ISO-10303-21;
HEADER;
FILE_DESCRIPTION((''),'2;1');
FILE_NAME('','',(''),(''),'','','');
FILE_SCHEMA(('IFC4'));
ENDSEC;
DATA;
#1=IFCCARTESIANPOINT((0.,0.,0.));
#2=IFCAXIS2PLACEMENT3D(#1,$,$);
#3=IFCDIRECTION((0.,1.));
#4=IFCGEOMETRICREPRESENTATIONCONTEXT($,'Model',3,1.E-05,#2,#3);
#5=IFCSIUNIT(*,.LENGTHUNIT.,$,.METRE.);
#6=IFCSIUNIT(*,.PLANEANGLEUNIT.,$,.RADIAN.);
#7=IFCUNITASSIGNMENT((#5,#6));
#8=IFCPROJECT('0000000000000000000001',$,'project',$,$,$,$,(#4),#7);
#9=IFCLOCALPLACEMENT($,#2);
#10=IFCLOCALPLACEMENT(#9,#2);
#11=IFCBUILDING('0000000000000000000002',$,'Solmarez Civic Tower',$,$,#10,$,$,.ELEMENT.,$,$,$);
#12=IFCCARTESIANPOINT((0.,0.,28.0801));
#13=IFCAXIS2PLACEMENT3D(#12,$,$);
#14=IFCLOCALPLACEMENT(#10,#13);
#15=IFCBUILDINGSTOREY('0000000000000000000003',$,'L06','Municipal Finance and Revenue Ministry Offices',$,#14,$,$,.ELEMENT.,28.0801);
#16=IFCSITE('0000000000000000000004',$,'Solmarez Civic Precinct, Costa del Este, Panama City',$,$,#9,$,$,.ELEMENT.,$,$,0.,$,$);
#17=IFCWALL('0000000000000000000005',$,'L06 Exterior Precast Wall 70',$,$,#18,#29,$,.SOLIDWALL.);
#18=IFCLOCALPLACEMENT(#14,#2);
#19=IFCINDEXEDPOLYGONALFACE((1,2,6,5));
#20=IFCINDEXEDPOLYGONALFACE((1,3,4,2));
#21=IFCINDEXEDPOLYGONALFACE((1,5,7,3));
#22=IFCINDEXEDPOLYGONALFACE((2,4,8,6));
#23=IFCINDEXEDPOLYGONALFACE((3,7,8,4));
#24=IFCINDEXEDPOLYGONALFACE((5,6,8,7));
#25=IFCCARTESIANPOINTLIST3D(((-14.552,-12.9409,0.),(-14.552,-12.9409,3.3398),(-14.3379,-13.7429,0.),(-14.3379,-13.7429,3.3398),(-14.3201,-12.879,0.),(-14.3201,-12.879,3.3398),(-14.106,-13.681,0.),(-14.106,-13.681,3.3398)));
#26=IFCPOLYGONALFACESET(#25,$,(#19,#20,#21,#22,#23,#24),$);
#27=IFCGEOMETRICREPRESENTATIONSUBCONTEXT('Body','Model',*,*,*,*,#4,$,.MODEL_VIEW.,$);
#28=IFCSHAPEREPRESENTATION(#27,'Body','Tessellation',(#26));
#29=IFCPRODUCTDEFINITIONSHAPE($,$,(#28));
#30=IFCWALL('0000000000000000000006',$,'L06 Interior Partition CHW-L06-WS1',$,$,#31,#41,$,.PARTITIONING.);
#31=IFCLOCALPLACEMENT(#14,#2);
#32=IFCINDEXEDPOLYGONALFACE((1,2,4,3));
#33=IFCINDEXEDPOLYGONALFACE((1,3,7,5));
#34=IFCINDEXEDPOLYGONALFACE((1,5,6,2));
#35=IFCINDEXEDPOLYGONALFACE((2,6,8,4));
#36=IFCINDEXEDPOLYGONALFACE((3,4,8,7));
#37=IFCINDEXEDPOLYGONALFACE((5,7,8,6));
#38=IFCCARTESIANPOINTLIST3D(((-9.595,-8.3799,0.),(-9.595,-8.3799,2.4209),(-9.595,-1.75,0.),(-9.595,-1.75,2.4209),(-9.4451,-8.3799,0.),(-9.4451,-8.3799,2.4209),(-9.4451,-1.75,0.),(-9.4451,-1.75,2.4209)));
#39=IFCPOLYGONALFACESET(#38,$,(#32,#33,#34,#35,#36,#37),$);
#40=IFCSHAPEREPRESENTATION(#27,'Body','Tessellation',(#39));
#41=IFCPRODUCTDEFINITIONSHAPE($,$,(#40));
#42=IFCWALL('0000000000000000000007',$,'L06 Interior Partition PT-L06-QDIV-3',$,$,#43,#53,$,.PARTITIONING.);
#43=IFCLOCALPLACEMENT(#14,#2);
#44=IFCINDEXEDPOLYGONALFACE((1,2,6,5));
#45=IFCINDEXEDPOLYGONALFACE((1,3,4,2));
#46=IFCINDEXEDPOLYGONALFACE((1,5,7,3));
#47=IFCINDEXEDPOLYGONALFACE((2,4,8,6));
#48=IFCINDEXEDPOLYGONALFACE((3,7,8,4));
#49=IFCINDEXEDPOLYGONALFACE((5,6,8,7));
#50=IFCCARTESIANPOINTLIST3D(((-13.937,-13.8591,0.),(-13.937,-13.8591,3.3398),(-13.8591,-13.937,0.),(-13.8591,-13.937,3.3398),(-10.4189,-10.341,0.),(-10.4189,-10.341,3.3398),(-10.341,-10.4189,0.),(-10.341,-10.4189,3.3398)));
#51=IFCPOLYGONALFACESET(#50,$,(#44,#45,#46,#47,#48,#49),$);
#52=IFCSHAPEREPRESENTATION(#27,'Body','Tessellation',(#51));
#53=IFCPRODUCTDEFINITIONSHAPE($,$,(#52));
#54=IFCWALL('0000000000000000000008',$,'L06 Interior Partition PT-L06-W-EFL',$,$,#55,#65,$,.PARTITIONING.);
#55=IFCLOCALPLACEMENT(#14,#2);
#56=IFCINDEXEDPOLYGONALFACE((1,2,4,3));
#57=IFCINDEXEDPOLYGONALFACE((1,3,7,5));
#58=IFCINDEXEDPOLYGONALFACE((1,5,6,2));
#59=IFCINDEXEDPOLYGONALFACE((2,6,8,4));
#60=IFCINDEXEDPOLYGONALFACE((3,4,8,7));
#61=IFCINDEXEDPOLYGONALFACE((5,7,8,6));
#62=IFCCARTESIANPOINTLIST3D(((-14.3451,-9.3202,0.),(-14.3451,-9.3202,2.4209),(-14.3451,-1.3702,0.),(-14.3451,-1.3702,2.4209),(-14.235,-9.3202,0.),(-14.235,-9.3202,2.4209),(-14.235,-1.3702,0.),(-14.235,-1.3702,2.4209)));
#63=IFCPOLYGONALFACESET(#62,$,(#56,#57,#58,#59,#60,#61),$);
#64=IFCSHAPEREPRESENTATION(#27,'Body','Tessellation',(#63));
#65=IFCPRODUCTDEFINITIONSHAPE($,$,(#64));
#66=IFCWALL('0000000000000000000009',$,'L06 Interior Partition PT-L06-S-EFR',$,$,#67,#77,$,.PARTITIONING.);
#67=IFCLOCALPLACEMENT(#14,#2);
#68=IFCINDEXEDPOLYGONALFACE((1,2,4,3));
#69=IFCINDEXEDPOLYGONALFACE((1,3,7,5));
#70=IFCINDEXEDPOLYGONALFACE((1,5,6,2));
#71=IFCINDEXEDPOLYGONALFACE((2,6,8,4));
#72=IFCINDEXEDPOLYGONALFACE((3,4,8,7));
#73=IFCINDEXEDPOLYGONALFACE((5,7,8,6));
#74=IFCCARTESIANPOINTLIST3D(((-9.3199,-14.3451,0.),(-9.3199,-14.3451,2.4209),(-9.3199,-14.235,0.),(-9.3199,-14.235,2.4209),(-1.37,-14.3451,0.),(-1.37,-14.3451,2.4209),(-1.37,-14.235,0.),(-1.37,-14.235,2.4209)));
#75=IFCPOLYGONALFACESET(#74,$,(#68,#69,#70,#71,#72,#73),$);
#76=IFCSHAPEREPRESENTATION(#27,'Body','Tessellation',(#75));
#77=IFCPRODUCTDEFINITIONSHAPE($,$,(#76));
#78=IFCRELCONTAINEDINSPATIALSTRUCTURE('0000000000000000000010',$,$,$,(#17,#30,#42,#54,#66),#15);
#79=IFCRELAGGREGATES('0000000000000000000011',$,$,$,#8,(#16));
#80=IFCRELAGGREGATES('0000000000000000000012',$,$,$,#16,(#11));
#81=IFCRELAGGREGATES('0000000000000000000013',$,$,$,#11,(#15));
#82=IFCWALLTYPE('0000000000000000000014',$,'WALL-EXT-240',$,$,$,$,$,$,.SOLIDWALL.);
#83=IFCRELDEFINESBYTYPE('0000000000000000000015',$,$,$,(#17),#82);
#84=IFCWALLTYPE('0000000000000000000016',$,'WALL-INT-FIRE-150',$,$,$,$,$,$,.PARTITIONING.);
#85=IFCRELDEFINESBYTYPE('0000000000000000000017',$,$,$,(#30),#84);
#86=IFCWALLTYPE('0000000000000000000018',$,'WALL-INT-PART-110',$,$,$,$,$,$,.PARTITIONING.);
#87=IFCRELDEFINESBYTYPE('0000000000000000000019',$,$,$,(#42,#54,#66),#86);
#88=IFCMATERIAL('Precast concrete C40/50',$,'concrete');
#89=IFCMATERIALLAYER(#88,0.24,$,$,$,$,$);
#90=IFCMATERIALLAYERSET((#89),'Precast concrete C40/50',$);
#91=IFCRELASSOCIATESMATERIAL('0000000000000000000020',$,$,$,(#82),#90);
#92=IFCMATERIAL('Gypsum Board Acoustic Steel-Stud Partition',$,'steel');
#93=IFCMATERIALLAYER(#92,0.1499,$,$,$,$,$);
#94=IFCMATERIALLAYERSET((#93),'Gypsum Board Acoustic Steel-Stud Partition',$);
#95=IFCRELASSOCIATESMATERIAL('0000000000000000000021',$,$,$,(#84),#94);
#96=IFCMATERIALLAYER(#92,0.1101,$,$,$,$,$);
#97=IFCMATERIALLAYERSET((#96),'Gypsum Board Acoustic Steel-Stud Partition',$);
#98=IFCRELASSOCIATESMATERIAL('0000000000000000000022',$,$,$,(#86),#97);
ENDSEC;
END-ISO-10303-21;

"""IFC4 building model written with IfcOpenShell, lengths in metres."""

from ifc_helpers import new_model, si_unit, direction, frame, frame_2d, origin, place, context, subcontext, project, spatial, rectangle, extrude, material, layer, layer_set, type_object, element, save


model = new_model("IFC4")

# Units and contexts
model_context = context("Model", 3, precision=1e-05, world=origin(), true_north=direction((0.0, 1.0)))
body_context = subcontext(model_context, "Body", "Model", "MODEL_VIEW")
ifc_project = project(units=[si_unit("LENGTHUNIT", "METRE"), si_unit("PLANEANGLEUNIT", "RADIAN")], contexts=[model_context])

# Site, building, storey
site_placement = place(None, origin())
site = spatial("IfcSite", under=ifc_project, at=site_placement, Name="Solmarez Civic Precinct, Costa del Este, Panama City", CompositionType="ELEMENT", RefElevation=0.0)
building_placement = place(site_placement, origin())
building = spatial("IfcBuilding", under=site, at=building_placement, Name="Solmarez Civic Tower", CompositionType="ELEMENT")
storey_placement = place(building_placement, frame((0.0, 0.0, 28.0801)))
storey = spatial("IfcBuildingStorey", under=building, at=storey_placement, Name="L06", Description="Municipal Finance and Revenue Ministry Offices", CompositionType="ELEMENT", Elevation=28.0801)

# Shared definitions
ifc_material_1 = material(Name="Precast concrete C40/50", Category="concrete")
ifc_layer_1 = layer(ifc_material_1, 0.24)
ifc_layer_set_1 = layer_set([ifc_layer_1], Name="Precast concrete C40/50")
wall_type_1 = type_object("IfcWallType", Name="WALL-EXT-240", PredefinedType="SOLIDWALL", material=ifc_layer_set_1)

# Walls
wall_1_placement = place(storey_placement, frame((-14.2219, -13.7119, 0.0), z_axis=(0.0, 0.0, 1.0), x_axis=(-0.257937, 0.966162, 0.0)))
element("IfcWall", 1, at=wall_1_placement, inside=storey, type_object=wall_type_1, Name="L06 Exterior Precast Wall 70", PredefinedType="SOLIDWALL", context=body_context, shape_type="SweptSolid", body=[
    extrude(rectangle(XDim=0.8301, YDim=0.24, at=frame_2d((0.415, 0.0))), origin(), (0.0, 0.0, 1.0), 3.3398),
])
ifc_material_2 = material(Name="Gypsum Board Acoustic Steel-Stud Partition", Category="steel")
ifc_layer_2 = layer(ifc_material_2, 0.1499)
ifc_layer_set_2 = layer_set([ifc_layer_2], Name="Gypsum Board Acoustic Steel-Stud Partition")
wall_type_2 = type_object("IfcWallType", Name="WALL-INT-FIRE-150", PredefinedType="PARTITIONING", material=ifc_layer_set_2)
wall_2_placement = place(storey_placement, frame((-9.52, -8.3799, 0.0), z_axis=(0.0, 0.0, 1.0), x_axis=(0.0, 1.0, 0.0)))
element("IfcWall", 2, at=wall_2_placement, inside=storey, type_object=wall_type_2, Name="L06 Interior Partition CHW-L06-WS1", PredefinedType="PARTITIONING", context=body_context, shape_type="SweptSolid", body=[
    extrude(rectangle(XDim=6.6299, YDim=0.1499, at=frame_2d((3.3149, 0.0))), origin(), (0.0, 0.0, 1.0), 2.4209),
])
ifc_layer_3 = layer(ifc_material_2, 0.1101)
ifc_layer_set_3 = layer_set([ifc_layer_3], Name="Gypsum Board Acoustic Steel-Stud Partition")
wall_type_3 = type_object("IfcWallType", Name="WALL-INT-PART-110", PredefinedType="PARTITIONING", material=ifc_layer_set_3)
wall_3_placement = place(storey_placement, frame((-10.3799, -10.3799, 0.0), z_axis=(0.0, 0.0, 1.0), x_axis=(-0.707107, -0.707107, 0.0)))
element("IfcWall", 3, at=wall_3_placement, inside=storey, type_object=wall_type_3, Name="L06 Interior Partition PT-L06-QDIV-3", PredefinedType="PARTITIONING", context=body_context, shape_type="SweptSolid", body=[
    extrude(rectangle(XDim=4.9753, YDim=0.1101, at=frame_2d((2.4878, 0.0))), origin(), (0.0, 0.0, 1.0), 3.3398),
])
for number, where, z_axis, x_axis, name in (
    (4, (-14.29, -1.3701, 0.0), (0.0, 0.0, 1.0), (0.0, -1.0, 0.0), "L06 Interior Partition PT-L06-W-EFL"),
    (5, (-9.3201, -14.29, 0.0), (0.0, 0.0, 1.0), (1.0, 0.0, 0.0), "L06 Interior Partition PT-L06-S-EFR"),
):
    element("IfcWall", number, at=place(storey_placement, frame(where, z_axis=z_axis, x_axis=x_axis)), inside=storey, type_object=wall_type_3, Name=name, PredefinedType="PARTITIONING", context=body_context, shape_type="SweptSolid", body=[
        extrude(rectangle(XDim=7.95, YDim=0.1101, at=frame_2d((3.9751, 0.0))), origin(), (0.0, 0.0, 1.0), 2.4209),
    ])

save(model, "model.ifc")
